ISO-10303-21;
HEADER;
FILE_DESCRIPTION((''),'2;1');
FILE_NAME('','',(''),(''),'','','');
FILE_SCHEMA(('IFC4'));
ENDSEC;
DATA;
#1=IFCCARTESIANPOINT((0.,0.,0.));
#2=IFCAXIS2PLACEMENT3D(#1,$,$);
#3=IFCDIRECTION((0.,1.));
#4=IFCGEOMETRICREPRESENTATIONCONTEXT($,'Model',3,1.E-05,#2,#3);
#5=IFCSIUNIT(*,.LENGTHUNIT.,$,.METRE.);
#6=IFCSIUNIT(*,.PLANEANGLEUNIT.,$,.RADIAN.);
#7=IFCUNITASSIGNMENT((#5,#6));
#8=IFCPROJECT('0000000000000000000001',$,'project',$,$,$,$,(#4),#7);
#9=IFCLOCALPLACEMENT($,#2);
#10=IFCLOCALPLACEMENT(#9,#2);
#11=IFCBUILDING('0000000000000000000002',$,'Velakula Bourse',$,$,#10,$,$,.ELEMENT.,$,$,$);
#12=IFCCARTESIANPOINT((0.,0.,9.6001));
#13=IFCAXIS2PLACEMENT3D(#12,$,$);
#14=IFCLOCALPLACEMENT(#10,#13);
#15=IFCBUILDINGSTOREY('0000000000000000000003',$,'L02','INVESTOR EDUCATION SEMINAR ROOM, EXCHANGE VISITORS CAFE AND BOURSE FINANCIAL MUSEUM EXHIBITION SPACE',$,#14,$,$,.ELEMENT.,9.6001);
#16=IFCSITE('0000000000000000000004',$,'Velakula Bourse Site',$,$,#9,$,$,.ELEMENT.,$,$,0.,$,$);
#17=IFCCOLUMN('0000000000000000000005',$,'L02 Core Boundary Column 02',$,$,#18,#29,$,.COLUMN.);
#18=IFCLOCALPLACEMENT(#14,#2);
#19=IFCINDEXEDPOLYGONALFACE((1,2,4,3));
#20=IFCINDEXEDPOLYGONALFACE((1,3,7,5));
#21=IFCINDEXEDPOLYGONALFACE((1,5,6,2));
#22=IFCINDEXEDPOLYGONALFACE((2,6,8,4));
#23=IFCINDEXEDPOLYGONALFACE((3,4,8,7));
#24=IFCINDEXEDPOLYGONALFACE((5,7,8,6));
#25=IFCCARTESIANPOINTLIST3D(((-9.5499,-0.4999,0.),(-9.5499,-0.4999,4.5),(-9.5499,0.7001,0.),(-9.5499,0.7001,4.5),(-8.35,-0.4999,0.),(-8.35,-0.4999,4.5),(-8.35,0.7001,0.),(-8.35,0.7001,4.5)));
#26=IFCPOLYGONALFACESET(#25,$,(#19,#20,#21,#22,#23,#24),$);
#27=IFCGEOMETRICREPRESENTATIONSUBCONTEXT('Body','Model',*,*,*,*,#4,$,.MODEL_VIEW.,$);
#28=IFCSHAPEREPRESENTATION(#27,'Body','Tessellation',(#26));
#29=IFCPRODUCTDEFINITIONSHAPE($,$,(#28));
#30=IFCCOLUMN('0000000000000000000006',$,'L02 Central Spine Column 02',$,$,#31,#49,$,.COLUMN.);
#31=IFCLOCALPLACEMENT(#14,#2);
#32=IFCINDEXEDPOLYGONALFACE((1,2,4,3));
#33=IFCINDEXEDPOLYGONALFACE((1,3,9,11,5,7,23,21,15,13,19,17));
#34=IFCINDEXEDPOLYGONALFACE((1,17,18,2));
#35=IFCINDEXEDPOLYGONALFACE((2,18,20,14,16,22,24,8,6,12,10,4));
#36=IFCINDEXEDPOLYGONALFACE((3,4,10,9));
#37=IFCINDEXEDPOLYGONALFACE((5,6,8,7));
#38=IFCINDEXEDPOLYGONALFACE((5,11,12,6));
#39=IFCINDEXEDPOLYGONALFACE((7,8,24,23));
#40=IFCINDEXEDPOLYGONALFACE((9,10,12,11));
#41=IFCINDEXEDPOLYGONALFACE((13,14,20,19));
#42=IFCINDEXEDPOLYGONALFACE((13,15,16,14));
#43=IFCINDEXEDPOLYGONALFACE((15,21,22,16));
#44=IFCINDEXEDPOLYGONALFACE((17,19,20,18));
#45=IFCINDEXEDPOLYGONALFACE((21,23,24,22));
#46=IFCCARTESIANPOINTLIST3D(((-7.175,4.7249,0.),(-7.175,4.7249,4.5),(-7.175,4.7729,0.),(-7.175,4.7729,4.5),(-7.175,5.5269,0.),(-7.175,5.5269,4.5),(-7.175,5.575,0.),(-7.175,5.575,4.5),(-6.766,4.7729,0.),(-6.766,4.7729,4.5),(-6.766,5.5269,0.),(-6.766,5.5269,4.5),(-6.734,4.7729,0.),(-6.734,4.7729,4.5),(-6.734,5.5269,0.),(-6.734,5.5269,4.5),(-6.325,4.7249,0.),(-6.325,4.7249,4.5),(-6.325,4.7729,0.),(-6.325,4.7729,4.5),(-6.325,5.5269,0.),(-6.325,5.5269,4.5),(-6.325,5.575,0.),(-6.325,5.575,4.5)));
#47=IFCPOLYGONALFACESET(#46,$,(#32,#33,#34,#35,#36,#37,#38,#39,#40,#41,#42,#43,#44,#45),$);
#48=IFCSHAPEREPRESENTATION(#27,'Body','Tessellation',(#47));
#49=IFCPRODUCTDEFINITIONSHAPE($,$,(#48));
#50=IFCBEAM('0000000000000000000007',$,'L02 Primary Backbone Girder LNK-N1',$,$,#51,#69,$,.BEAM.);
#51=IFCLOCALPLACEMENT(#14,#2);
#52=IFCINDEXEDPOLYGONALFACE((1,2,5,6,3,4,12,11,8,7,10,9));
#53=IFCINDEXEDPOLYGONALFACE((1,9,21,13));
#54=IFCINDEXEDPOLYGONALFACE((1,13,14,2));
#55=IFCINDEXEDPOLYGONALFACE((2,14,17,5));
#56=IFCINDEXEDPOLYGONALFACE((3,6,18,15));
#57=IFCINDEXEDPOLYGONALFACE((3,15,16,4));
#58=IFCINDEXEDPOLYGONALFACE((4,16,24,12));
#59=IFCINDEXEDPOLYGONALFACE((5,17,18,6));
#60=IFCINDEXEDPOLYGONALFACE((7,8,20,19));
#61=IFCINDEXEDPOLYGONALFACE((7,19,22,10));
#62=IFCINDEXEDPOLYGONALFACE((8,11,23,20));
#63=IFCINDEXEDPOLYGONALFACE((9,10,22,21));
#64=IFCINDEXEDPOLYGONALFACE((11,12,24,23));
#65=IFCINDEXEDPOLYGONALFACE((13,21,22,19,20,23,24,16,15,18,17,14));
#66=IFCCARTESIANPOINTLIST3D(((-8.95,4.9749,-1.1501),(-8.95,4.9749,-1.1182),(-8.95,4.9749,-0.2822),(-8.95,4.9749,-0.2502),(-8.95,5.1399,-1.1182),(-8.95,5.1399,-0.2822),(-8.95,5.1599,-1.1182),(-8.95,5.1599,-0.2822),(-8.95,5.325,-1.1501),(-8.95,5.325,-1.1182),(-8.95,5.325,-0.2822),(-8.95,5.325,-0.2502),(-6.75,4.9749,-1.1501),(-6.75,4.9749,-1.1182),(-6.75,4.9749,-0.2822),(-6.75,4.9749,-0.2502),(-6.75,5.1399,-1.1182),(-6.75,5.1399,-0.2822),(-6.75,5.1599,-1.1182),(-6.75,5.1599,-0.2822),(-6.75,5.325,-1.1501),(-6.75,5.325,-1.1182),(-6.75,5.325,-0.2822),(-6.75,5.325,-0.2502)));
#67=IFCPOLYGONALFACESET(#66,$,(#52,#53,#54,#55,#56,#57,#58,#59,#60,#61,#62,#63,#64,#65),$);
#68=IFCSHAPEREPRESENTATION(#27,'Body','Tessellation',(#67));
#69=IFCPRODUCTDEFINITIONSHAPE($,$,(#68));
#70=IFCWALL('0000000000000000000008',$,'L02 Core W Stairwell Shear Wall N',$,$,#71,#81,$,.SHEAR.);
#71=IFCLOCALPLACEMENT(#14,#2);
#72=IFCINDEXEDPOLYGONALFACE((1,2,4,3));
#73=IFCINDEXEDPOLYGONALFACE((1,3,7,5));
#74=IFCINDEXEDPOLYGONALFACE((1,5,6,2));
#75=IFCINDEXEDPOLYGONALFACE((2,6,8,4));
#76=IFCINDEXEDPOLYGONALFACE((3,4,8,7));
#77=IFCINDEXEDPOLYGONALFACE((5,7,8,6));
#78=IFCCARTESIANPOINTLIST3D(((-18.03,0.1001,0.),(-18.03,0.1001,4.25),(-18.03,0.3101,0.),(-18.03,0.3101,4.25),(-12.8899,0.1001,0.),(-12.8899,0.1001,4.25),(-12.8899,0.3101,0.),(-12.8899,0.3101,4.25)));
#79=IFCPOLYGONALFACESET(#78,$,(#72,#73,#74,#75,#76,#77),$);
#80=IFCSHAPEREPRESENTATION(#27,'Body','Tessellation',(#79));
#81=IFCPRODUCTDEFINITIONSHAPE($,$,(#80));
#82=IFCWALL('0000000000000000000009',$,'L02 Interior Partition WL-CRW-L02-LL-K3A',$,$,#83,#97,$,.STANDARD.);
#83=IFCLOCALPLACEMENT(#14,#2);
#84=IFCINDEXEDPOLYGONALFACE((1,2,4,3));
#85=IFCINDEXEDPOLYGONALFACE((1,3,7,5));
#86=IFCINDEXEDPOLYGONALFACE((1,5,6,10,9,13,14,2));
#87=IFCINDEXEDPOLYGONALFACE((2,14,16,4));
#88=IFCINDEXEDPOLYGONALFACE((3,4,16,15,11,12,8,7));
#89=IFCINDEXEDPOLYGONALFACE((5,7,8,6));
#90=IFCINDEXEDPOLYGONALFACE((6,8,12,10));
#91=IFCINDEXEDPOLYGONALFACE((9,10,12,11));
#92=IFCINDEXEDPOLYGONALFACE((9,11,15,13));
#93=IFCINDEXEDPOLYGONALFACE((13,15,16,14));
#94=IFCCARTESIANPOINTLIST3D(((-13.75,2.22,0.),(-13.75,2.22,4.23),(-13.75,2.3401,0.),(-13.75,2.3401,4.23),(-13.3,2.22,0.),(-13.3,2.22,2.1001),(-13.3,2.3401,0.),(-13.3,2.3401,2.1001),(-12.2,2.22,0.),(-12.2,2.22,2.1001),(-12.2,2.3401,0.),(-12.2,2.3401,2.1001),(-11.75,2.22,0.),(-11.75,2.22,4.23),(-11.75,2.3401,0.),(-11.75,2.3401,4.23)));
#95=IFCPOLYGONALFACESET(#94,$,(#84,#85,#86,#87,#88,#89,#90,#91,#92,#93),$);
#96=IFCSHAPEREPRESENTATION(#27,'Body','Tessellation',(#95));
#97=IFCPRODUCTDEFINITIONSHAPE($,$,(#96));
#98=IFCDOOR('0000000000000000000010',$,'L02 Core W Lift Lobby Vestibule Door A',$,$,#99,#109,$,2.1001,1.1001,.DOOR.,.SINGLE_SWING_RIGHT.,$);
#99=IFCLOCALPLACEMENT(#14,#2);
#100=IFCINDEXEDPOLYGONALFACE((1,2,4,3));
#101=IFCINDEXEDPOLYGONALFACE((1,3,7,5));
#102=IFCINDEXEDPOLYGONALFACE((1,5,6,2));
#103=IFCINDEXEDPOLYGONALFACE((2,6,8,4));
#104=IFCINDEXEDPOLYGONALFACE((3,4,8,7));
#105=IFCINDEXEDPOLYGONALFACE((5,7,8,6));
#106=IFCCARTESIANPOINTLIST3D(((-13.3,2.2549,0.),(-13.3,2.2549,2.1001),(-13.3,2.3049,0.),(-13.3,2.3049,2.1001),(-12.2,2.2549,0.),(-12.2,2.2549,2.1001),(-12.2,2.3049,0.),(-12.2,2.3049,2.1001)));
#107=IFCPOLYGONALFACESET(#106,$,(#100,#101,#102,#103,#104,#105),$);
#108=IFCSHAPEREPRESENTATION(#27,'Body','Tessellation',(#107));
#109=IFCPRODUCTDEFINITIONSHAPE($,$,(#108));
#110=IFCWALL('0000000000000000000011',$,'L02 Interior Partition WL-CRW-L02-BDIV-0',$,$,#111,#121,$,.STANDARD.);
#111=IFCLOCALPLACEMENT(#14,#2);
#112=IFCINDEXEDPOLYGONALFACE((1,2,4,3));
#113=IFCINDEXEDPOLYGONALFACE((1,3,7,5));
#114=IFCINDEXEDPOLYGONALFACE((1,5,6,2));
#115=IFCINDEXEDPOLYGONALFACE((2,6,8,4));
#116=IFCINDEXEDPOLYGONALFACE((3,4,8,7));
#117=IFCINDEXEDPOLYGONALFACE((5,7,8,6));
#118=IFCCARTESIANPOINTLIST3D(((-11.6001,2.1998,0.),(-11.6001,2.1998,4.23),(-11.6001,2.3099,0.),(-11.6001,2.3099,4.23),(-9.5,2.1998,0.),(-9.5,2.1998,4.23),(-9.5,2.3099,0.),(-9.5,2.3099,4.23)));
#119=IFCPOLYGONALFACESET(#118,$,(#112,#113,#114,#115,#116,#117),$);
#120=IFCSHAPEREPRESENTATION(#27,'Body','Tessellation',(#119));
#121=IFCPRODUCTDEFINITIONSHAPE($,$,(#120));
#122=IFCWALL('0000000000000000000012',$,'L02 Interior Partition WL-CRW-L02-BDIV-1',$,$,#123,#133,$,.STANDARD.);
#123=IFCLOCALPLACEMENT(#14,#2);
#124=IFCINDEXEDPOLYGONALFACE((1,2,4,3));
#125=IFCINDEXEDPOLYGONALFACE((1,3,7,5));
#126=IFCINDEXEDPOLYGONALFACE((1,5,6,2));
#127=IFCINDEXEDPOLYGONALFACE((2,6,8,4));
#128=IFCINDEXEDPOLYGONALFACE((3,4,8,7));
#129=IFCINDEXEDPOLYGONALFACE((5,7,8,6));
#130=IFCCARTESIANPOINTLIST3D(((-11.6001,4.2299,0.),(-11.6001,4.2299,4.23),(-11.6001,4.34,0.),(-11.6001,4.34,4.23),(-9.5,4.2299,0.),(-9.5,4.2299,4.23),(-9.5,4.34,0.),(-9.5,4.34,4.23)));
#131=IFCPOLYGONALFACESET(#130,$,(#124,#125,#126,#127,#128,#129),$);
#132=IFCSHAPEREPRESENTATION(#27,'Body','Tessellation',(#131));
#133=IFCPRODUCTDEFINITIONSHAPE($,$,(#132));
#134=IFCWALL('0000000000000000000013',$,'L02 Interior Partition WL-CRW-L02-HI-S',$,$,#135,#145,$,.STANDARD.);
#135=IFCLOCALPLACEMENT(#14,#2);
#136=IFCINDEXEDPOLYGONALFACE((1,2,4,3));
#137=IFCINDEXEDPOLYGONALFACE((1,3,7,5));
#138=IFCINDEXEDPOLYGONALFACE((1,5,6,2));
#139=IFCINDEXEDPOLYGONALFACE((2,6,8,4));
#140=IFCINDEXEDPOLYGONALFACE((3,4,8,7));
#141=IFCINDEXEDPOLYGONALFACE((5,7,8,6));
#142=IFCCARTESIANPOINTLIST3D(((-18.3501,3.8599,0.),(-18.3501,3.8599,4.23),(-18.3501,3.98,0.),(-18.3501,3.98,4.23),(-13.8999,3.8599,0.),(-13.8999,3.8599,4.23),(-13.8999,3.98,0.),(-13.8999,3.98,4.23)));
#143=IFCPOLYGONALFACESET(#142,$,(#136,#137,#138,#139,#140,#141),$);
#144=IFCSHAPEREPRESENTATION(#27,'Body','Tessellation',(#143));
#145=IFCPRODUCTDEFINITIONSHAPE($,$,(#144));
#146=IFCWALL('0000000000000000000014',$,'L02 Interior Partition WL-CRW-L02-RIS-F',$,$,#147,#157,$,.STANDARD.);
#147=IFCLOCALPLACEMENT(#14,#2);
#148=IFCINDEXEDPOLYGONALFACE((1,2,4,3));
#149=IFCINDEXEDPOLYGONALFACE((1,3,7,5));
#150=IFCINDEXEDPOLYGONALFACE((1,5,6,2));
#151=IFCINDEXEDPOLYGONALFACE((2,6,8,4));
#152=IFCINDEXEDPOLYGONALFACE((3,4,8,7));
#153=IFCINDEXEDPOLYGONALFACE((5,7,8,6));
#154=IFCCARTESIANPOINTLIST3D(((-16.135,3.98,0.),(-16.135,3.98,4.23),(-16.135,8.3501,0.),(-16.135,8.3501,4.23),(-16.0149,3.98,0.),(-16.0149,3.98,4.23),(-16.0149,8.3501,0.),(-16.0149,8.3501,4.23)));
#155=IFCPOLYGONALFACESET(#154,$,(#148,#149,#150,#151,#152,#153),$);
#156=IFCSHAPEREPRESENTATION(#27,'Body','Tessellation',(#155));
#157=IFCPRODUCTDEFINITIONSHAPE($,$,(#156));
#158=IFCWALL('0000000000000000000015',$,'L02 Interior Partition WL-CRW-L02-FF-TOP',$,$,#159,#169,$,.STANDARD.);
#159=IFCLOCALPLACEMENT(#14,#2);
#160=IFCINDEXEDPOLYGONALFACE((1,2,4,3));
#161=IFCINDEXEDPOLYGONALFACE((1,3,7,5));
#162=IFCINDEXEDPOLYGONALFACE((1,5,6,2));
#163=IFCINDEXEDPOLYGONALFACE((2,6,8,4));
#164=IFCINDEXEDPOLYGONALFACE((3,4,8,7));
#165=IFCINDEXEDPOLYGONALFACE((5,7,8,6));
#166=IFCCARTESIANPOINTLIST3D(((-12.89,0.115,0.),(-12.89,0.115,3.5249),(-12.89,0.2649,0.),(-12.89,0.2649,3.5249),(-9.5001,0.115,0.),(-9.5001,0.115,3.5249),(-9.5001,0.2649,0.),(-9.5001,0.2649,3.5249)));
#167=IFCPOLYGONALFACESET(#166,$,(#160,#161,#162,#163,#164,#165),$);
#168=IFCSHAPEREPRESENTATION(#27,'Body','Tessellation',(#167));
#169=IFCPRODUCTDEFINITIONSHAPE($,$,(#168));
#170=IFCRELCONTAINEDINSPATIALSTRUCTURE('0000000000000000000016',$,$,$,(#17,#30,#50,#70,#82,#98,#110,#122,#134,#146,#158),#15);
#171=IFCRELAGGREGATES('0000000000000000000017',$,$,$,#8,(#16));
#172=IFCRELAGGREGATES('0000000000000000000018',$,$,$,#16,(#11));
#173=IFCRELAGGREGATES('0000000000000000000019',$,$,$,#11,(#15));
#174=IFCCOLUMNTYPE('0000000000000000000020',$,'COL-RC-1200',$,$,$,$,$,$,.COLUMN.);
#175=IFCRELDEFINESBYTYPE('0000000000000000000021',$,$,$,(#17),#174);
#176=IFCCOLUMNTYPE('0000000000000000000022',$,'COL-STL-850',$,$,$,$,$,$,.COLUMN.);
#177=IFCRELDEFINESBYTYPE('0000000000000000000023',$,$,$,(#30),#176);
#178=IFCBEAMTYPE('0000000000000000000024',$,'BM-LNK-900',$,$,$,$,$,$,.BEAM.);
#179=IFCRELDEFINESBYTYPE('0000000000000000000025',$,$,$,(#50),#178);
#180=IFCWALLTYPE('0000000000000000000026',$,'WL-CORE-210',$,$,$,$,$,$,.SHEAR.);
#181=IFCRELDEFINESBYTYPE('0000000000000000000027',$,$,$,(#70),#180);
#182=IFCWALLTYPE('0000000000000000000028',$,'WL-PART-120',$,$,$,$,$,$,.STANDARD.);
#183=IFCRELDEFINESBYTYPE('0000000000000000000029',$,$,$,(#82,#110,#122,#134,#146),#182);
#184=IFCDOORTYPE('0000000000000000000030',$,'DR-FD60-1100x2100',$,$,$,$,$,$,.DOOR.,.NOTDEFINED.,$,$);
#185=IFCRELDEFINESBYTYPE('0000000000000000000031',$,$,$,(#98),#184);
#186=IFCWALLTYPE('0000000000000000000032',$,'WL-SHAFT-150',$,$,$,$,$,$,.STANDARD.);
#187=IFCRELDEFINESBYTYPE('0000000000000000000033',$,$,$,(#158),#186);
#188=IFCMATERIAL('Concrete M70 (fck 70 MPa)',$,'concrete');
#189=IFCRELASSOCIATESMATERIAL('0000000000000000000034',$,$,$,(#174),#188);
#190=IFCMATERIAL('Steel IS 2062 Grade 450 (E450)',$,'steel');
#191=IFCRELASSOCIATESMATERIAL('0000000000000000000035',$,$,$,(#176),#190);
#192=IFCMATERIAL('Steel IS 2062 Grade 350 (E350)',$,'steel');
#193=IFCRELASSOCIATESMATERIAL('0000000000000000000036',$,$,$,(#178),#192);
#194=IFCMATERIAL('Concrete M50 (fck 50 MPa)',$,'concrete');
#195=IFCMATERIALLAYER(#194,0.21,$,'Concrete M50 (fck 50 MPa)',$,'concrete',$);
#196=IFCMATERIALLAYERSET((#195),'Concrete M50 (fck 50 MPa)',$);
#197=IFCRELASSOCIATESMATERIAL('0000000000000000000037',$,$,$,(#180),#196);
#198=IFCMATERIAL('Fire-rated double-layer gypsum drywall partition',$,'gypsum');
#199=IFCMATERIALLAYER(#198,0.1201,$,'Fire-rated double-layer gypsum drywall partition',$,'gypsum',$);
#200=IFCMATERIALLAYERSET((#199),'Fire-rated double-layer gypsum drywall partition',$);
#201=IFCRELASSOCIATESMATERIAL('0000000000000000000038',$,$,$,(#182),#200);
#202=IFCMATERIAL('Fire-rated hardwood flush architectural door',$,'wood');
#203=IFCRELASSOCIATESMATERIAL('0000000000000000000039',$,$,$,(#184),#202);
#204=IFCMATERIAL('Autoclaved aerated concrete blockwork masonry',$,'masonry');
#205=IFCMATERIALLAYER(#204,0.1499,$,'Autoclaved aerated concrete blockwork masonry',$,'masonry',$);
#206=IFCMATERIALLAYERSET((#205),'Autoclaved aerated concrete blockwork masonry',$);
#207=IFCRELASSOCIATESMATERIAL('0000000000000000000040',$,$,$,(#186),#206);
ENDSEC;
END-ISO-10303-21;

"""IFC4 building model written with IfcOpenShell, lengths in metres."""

from ifc_helpers import new_model, si_unit, direction, frame, frame_2d, origin, origin_2d, place, context, subcontext, project, spatial, rectangle, i_section, extrude, material, layer, layer_set, material_profile, profile_set, type_object, element, fill, save


model = new_model("IFC4")

# Units and contexts
model_context = context("Model", 3, precision=1e-05, world=origin(), true_north=direction((0.0, 1.0)))
body_context = subcontext(model_context, "Body", "Model", "MODEL_VIEW")
ifc_project = project(units=[si_unit("LENGTHUNIT", "METRE"), si_unit("PLANEANGLEUNIT", "RADIAN")], contexts=[model_context])

# Site, building, storey
site_placement = place(None, origin())
site = spatial("IfcSite", under=ifc_project, at=site_placement, Name="Velakula Bourse Site", CompositionType="ELEMENT", RefElevation=0.0)
building_placement = place(site_placement, origin())
building = spatial("IfcBuilding", under=site, at=building_placement, Name="Velakula Bourse", CompositionType="ELEMENT")
storey_placement = place(building_placement, frame((0.0, 0.0, 9.6001)))
storey = spatial("IfcBuildingStorey", under=building, at=storey_placement, Name="L02", Description="INVESTOR EDUCATION SEMINAR ROOM, EXCHANGE VISITORS CAFE AND BOURSE FINANCIAL MUSEUM EXHIBITION SPACE", CompositionType="ELEMENT", Elevation=9.6001)

# Columns
ifc_material_1 = material(Name="Concrete M70 (fck 70 MPa)", Category="concrete")
ifc_material_profile_1 = material_profile(ifc_material_1, rectangle(XDim=1.2, YDim=1.2, at=origin_2d()), Name="Concrete M70 (fck 70 MPa)")
ifc_profile_set_1 = profile_set([ifc_material_profile_1], Name="Concrete M70 (fck 70 MPa)")
column_type_1 = type_object("IfcColumnType", Name="COL-RC-1200", PredefinedType="COLUMN", material=ifc_profile_set_1)
column_1_placement = place(storey_placement, frame((-8.95, 0.1001, 0.0), z_axis=(0.0, 0.0, 1.0), x_axis=(1.0, 0.0, 0.0)))
element("IfcColumn", 1, at=column_1_placement, inside=storey, type_object=column_type_1, Name="L02 Core Boundary Column 02", PredefinedType="COLUMN", context=body_context, shape_type="SweptSolid", body=[
    extrude(rectangle(XDim=1.2, YDim=1.2, at=origin_2d()), origin(), (0.0, 0.0, 1.0), 4.5),
])
ifc_material_2 = material(Name="Steel IS 2062 Grade 450 (E450)", Category="steel")
ifc_material_profile_2 = material_profile(ifc_material_2, i_section(OverallWidth=0.8501, OverallDepth=0.8501, WebThickness=0.032, FlangeThickness=0.0481, at=origin_2d()), Name="Steel IS 2062 Grade 450 (E450)")
ifc_profile_set_2 = profile_set([ifc_material_profile_2], Name="Steel IS 2062 Grade 450 (E450)")
column_type_2 = type_object("IfcColumnType", Name="COL-STL-850", PredefinedType="COLUMN", material=ifc_profile_set_2)
column_2_placement = place(storey_placement, frame((-6.75, 5.1499, 0.0), z_axis=(0.0, 0.0, 1.0), x_axis=(1.0, 0.0, 0.0)))
element("IfcColumn", 2, at=column_2_placement, inside=storey, type_object=column_type_2, Name="L02 Central Spine Column 02", PredefinedType="COLUMN", context=body_context, shape_type="SweptSolid", body=[
    extrude(i_section(OverallWidth=0.8501, OverallDepth=0.8501, WebThickness=0.032, FlangeThickness=0.0481, at=origin_2d()), origin(), (0.0, 0.0, 1.0), 4.5),
])

# Beam
ifc_material_3 = material(Name="Steel IS 2062 Grade 350 (E350)", Category="steel")
ifc_material_profile_3 = material_profile(ifc_material_3, i_section(OverallWidth=0.3501, OverallDepth=0.8999, WebThickness=0.02, FlangeThickness=0.032, at=origin_2d()), Name="Steel IS 2062 Grade 350 (E350)")
ifc_profile_set_3 = profile_set([ifc_material_profile_3], Name="Steel IS 2062 Grade 350 (E350)")
beam_type = type_object("IfcBeamType", Name="BM-LNK-900", PredefinedType="BEAM", material=ifc_profile_set_3)
beam_placement = place(storey_placement, frame((-8.95, 5.1499, -0.7002), z_axis=(1.0, 0.0, 0.0), x_axis=(0.0, 1.0, 0.0)))
element("IfcBeam", 3, at=beam_placement, inside=storey, type_object=beam_type, Name="L02 Primary Backbone Girder LNK-N1", PredefinedType="BEAM", context=body_context, shape_type="SweptSolid", body=[
    extrude(i_section(OverallWidth=0.3501, OverallDepth=0.8999, WebThickness=0.02, FlangeThickness=0.032, at=origin_2d()), origin(), (0.0, 0.0, 1.0), 2.2),
])

# Wall
ifc_material_4 = material(Name="Concrete M50 (fck 50 MPa)", Category="concrete")
ifc_layer_1 = layer(ifc_material_4, 0.21, Name="Concrete M50 (fck 50 MPa)", Category="concrete")
ifc_layer_set_1 = layer_set([ifc_layer_1], Name="Concrete M50 (fck 50 MPa)")
wall_type_1 = type_object("IfcWallType", Name="WL-CORE-210", PredefinedType="SHEAR", material=ifc_layer_set_1)
wall_1_placement = place(storey_placement, frame((-12.8899, 0.2051, 0.0), z_axis=(0.0, 0.0, 1.0), x_axis=(-1.0, 0.0, 0.0)))
element("IfcWall", 4, at=wall_1_placement, inside=storey, type_object=wall_type_1, Name="L02 Core W Stairwell Shear Wall N", PredefinedType="SHEAR", context=body_context, shape_type="SweptSolid", body=[
    extrude(rectangle(XDim=5.1401, YDim=0.21, at=frame_2d((2.5701, 0.0))), origin(), (0.0, 0.0, 1.0), 4.25),
])

# Wall, opening, door
ifc_material_5 = material(Name="Fire-rated double-layer gypsum drywall partition", Category="gypsum")
ifc_layer_2 = layer(ifc_material_5, 0.1201, Name="Fire-rated double-layer gypsum drywall partition", Category="gypsum")
ifc_layer_set_2 = layer_set([ifc_layer_2], Name="Fire-rated double-layer gypsum drywall partition")
wall_type_2 = type_object("IfcWallType", Name="WL-PART-120", PredefinedType="STANDARD", material=ifc_layer_set_2)
wall_2_placement = place(storey_placement, frame((-13.75, 2.28, 0.0), z_axis=(0.0, 0.0, 1.0), x_axis=(1.0, 0.0, 0.0)))
wall_2 = element("IfcWall", 5, at=wall_2_placement, inside=storey, type_object=wall_type_2, Name="L02 Interior Partition WL-CRW-L02-LL-K3A", PredefinedType="STANDARD", context=body_context, shape_type="SweptSolid", body=[
    extrude(rectangle(XDim=2.0, YDim=0.1201, at=frame_2d((1.0, 0.0))), origin(), (0.0, 0.0, 1.0), 4.23),
])
opening_1_placement = place(wall_2_placement, frame((0.45, 0.0, 0.0)))
opening_1 = element("IfcOpeningElement", 6, at=opening_1_placement, cuts=wall_2, PredefinedType="OPENING", context=body_context, shape_type="SweptSolid", body=[
    extrude(rectangle(XDim=1.1001, YDim=2.1001, at=frame_2d((0.55, 1.05))), frame((0.0, 0.0701, 0.0), z_axis=(0.0, -1.0, 0.0), x_axis=(1.0, 0.0, 0.0)), (0.0, 0.0, 1.0), 0.1401),
])
ifc_material_6 = material(Name="Fire-rated hardwood flush architectural door", Category="wood")
door_type_1 = type_object("IfcDoorType", Name="DR-FD60-1100x2100", OperationType="NOTDEFINED", PredefinedType="DOOR", material=ifc_material_6)
door_1_placement = place(opening_1_placement, origin())
door_1 = element("IfcDoor", 7, at=door_1_placement, inside=storey, type_object=door_type_1, Name="L02 Core W Lift Lobby Vestibule Door A", OperationType="SINGLE_SWING_RIGHT", OverallHeight=2.1001, OverallWidth=1.1001, PredefinedType="DOOR", context=body_context, shape_type="SweptSolid", body=[
    extrude(rectangle(XDim=1.1001, YDim=2.1001, at=frame_2d((0.55, 1.05))), frame((0.0, 0.0249, 0.0), z_axis=(0.0, -1.0, 0.0), x_axis=(1.0, 0.0, 0.0)), (0.0, 0.0, 1.0), 0.05),
])
fill(opening_1, door_1)

# Walls
for number, where, z_axis, x_axis, name in (
    (8, (-11.6001, 2.2549, 0.0), (0.0, 0.0, 1.0), (1.0, 0.0, 0.0), "L02 Interior Partition WL-CRW-L02-BDIV-0"),
    (9, (-11.6001, 4.2849, 0.0), (0.0, 0.0, 1.0), (1.0, 0.0, 0.0), "L02 Interior Partition WL-CRW-L02-BDIV-1"),
):
    element("IfcWall", number, at=place(storey_placement, frame(where, z_axis=z_axis, x_axis=x_axis)), inside=storey, type_object=wall_type_2, Name=name, PredefinedType="STANDARD", context=body_context, shape_type="SweptSolid", body=[
        extrude(rectangle(XDim=2.1001, YDim=0.1101, at=frame_2d((1.05, 0.0))), origin(), (0.0, 0.0, 1.0), 4.23),
    ])
wall_3_placement = place(storey_placement, frame((-18.3501, 3.9199, 0.0), z_axis=(0.0, 0.0, 1.0), x_axis=(1.0, 0.0, 0.0)))
element("IfcWall", 10, at=wall_3_placement, inside=storey, type_object=wall_type_2, Name="L02 Interior Partition WL-CRW-L02-HI-S", PredefinedType="STANDARD", context=body_context, shape_type="SweptSolid", body=[
    extrude(rectangle(XDim=4.4502, YDim=0.1201, at=frame_2d((2.2251, 0.0))), origin(), (0.0, 0.0, 1.0), 4.23),
])
wall_4_placement = place(storey_placement, frame((-16.075, 3.98, 0.0), z_axis=(0.0, 0.0, 1.0), x_axis=(0.0, 1.0, 0.0)))
element("IfcWall", 11, at=wall_4_placement, inside=storey, type_object=wall_type_2, Name="L02 Interior Partition WL-CRW-L02-RIS-F", PredefinedType="STANDARD", context=body_context, shape_type="SweptSolid", body=[
    extrude(rectangle(XDim=4.3701, YDim=0.1201, at=frame_2d((2.1851, 0.0))), origin(), (0.0, 0.0, 1.0), 4.23),
])
ifc_material_7 = material(Name="Autoclaved aerated concrete blockwork masonry", Category="masonry")
ifc_layer_3 = layer(ifc_material_7, 0.1499, Name="Autoclaved aerated concrete blockwork masonry", Category="masonry")
ifc_layer_set_3 = layer_set([ifc_layer_3], Name="Autoclaved aerated concrete blockwork masonry")
wall_type_3 = type_object("IfcWallType", Name="WL-SHAFT-150", PredefinedType="STANDARD", material=ifc_layer_set_3)
wall_5_placement = place(storey_placement, frame((-12.8899, 0.1899, 0.0), z_axis=(0.0, 0.0, 1.0), x_axis=(1.0, 0.0, 0.0)))
element("IfcWall", 12, at=wall_5_placement, inside=storey, type_object=wall_type_3, Name="L02 Interior Partition WL-CRW-L02-FF-TOP", PredefinedType="STANDARD", context=body_context, shape_type="SweptSolid", body=[
    extrude(rectangle(XDim=3.3899, YDim=0.1499, at=frame_2d((1.6948, 0.0))), origin(), (0.0, 0.0, 1.0), 3.5249),
])

save(model, "model.ifc")
